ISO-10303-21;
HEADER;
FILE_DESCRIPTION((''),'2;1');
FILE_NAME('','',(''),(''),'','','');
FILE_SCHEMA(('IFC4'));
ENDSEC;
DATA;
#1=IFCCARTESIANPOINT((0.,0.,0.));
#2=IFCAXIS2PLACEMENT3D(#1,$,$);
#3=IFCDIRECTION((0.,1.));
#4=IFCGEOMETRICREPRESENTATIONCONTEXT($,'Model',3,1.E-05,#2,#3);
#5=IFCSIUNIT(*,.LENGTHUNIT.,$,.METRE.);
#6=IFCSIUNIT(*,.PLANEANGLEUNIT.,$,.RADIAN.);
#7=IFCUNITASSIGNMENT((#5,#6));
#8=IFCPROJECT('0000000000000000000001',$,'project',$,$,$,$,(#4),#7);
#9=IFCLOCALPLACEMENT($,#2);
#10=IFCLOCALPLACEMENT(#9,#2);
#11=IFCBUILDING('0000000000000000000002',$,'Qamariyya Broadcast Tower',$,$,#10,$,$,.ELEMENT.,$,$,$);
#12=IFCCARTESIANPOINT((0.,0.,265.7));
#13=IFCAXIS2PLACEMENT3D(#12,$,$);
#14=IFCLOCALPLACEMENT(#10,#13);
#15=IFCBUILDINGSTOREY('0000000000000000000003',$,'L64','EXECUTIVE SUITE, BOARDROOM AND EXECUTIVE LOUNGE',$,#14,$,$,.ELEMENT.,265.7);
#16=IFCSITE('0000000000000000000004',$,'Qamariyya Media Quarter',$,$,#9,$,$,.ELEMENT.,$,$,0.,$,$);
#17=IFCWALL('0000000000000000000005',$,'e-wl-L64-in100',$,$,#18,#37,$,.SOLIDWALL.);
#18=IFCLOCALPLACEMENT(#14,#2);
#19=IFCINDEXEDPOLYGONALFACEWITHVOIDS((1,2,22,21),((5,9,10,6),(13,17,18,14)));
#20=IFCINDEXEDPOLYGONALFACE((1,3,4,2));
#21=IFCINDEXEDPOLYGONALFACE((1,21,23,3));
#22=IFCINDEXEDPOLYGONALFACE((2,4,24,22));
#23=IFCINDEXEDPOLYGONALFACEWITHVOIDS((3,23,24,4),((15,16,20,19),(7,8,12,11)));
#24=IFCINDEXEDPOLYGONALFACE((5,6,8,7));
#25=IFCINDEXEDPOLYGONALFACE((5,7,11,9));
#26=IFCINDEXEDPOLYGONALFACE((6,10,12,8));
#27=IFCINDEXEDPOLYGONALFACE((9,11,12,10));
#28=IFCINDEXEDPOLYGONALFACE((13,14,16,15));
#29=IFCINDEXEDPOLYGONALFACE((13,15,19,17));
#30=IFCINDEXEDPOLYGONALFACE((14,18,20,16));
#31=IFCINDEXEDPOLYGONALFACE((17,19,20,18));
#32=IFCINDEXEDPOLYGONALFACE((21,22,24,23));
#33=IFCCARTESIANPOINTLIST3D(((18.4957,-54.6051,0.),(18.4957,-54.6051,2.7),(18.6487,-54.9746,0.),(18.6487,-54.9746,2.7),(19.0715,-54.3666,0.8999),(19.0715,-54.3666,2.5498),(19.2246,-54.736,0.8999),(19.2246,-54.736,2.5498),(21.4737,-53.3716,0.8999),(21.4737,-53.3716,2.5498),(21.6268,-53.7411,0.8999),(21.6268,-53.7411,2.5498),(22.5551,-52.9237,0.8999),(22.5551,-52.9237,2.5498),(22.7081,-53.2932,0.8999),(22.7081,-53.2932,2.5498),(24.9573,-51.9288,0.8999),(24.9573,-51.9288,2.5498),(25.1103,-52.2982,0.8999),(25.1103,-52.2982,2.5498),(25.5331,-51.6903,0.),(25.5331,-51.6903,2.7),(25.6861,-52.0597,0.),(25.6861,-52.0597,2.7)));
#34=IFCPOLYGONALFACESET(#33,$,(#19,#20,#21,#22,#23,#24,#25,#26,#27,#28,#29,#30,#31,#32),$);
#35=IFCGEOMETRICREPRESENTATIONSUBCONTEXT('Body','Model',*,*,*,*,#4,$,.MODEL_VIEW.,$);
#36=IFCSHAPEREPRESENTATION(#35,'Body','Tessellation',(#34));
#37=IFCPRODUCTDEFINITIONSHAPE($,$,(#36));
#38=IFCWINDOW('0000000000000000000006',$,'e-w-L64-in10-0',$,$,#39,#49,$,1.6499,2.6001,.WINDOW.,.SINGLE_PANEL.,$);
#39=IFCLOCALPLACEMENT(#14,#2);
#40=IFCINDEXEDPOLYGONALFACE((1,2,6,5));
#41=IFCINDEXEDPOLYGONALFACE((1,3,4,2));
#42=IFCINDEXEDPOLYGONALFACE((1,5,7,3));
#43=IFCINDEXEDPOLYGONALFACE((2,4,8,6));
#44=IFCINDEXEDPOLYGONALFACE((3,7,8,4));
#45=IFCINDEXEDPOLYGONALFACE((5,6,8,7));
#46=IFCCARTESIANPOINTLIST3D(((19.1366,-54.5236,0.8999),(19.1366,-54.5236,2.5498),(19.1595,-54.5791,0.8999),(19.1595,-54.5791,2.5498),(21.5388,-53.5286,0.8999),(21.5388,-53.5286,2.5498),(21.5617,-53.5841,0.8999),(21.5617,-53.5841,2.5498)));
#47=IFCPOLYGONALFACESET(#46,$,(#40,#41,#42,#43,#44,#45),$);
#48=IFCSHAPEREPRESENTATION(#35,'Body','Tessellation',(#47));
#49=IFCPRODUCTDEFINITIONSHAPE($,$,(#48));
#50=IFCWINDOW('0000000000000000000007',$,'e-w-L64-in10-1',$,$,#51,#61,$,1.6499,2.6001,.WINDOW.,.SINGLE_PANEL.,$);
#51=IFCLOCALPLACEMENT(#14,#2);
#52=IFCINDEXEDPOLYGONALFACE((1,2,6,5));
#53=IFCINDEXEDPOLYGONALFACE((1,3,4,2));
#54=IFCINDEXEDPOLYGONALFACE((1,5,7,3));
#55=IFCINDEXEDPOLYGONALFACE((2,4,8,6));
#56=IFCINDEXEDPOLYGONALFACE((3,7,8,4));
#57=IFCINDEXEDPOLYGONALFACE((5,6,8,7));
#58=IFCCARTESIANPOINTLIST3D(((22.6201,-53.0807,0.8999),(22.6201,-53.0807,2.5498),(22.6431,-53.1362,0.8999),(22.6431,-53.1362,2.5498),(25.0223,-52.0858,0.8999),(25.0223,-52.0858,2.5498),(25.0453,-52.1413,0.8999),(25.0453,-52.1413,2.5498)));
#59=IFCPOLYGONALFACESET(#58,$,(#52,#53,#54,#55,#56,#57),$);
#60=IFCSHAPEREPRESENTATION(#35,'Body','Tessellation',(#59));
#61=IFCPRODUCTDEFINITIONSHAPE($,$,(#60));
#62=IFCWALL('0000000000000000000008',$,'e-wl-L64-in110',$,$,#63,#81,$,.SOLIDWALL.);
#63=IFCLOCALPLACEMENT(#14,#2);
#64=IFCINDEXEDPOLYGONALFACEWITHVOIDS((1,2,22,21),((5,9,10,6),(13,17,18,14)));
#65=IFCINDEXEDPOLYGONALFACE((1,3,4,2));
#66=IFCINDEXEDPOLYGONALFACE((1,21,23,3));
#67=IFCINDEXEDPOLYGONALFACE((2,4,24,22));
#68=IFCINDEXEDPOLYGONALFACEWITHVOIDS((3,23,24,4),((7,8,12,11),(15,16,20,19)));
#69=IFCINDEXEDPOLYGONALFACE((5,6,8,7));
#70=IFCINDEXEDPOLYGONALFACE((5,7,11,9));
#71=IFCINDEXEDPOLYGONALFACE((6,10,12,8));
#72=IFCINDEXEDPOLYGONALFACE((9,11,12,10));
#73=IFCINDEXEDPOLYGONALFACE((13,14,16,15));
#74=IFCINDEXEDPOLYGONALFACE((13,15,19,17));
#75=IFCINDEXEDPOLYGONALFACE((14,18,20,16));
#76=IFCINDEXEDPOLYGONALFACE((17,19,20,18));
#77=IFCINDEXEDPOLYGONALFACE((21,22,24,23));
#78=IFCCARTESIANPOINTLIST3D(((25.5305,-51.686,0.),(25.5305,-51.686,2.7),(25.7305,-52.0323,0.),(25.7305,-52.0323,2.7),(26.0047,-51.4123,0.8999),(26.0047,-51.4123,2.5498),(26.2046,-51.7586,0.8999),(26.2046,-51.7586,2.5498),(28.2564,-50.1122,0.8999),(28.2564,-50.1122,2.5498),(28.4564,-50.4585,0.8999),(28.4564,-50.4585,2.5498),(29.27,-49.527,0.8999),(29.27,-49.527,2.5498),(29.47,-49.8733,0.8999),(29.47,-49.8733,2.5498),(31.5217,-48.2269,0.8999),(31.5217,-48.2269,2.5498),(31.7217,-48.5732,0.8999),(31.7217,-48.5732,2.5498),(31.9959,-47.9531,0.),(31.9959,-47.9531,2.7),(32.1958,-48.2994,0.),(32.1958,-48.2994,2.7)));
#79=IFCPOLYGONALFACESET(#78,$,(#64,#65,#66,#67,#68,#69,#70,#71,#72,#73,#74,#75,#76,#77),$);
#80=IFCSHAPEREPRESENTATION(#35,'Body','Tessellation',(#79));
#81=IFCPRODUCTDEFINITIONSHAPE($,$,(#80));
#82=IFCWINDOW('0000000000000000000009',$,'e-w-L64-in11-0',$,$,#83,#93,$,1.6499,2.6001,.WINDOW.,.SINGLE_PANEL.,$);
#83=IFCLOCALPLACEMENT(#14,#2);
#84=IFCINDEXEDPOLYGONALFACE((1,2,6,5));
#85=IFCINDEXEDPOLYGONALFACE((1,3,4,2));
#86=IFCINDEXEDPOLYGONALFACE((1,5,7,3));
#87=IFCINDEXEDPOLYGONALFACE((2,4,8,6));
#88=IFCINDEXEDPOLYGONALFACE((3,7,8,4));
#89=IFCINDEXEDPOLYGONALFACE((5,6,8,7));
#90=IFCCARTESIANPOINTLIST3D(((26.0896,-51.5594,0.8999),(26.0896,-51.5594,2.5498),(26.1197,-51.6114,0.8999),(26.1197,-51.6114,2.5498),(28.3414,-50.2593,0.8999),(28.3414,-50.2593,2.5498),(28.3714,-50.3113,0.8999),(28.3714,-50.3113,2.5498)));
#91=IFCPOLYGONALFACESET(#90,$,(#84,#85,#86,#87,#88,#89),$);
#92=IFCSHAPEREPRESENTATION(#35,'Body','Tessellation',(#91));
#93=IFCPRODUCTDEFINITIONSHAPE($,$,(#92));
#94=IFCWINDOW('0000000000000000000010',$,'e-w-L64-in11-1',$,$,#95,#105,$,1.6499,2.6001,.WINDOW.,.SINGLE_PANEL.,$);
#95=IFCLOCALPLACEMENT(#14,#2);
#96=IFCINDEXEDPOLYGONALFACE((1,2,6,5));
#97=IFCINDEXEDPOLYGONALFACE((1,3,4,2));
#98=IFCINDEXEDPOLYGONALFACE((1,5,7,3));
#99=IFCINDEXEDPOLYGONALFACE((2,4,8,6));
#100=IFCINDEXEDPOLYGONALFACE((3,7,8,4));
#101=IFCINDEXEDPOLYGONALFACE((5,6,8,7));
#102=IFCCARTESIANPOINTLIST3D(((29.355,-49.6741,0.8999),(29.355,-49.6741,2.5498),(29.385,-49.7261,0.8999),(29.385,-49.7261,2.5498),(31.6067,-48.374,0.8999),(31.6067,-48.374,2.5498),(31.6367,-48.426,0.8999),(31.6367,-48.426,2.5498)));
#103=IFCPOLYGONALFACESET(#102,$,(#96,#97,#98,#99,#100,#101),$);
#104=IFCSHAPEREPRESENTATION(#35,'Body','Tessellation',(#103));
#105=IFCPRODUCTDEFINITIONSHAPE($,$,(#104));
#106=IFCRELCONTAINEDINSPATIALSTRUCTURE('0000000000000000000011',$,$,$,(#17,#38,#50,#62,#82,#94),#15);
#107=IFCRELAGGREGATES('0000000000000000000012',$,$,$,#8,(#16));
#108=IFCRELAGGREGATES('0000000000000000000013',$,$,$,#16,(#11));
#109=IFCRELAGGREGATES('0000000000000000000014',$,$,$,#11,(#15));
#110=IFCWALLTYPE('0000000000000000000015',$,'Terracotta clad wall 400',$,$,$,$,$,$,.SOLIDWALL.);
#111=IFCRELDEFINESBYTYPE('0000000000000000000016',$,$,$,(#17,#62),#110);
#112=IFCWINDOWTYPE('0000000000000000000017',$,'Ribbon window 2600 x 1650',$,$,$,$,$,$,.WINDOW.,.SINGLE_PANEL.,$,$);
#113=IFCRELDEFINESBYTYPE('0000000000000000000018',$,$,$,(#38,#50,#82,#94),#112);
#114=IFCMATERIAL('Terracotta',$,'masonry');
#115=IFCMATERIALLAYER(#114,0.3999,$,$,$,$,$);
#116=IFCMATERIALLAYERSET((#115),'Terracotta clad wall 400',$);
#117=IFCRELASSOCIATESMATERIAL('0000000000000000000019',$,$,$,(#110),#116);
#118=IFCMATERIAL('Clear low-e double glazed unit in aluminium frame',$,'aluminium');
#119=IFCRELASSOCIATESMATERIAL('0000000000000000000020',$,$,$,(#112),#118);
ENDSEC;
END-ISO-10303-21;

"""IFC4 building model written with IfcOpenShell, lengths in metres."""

from ifc_helpers import new_model, si_unit, direction, frame, frame_2d, origin, place, context, subcontext, project, spatial, rectangle, extrude, material, layer, layer_set, type_object, element, fill, save


model = new_model("IFC4")

# Units and contexts
model_context = context("Model", 3, precision=1e-05, world=origin(), true_north=direction((0.0, 1.0)))
body_context = subcontext(model_context, "Body", "Model", "MODEL_VIEW")
ifc_project = project(units=[si_unit("LENGTHUNIT", "METRE"), si_unit("PLANEANGLEUNIT", "RADIAN")], contexts=[model_context])

# Site, building, storey
site_placement = place(None, origin())
site = spatial("IfcSite", under=ifc_project, at=site_placement, Name="Qamariyya Media Quarter", CompositionType="ELEMENT", RefElevation=0.0)
building_placement = place(site_placement, origin())
building = spatial("IfcBuilding", under=site, at=building_placement, Name="Qamariyya Broadcast Tower", CompositionType="ELEMENT")
storey_placement = place(building_placement, frame((0.0, 0.0, 265.7)))
storey = spatial("IfcBuildingStorey", under=building, at=storey_placement, Name="L64", Description="EXECUTIVE SUITE, BOARDROOM AND EXECUTIVE LOUNGE", CompositionType="ELEMENT", Elevation=265.7)

# Walls, openings, windows
ifc_material_1 = material(Name="Terracotta", Category="masonry")
ifc_layer = layer(ifc_material_1, 0.3999)
ifc_layer_set = layer_set([ifc_layer], Name="Terracotta clad wall 400")
wall_type = type_object("IfcWallType", Name="Terracotta clad wall 400", PredefinedType="SOLIDWALL", material=ifc_layer_set)
wall_1_placement = place(storey_placement, frame((25.6096, -51.875, 0.0), z_axis=(0.0, 0.0, 1.0), x_axis=(-0.923888, -0.382664, 0.0)))
wall_1 = element("IfcWall", 1, at=wall_1_placement, inside=storey, type_object=wall_type, Name="e-wl-L64-in100", PredefinedType="SOLIDWALL", context=body_context, shape_type="SweptSolid", body=[
    extrude(rectangle(XDim=7.6172, YDim=0.3999, at=frame_2d((3.8086, 0.0))), origin(), (0.0, 0.0, 1.0), 2.7),
])
opening_1_placement = place(wall_1_placement, frame((4.3938, 0.0, 0.8999)))
opening_1 = element("IfcOpeningElement", 2, at=opening_1_placement, cuts=wall_1, PredefinedType="OPENING", context=body_context, shape_type="SweptSolid", body=[
    extrude(rectangle(XDim=2.6001, YDim=1.6499, at=frame_2d((1.3, 0.825))), frame((0.0, 0.21, 0.0), z_axis=(0.0, -1.0, 0.0), x_axis=(1.0, 0.0, 0.0)), (0.0, 0.0, 1.0), 0.4199),
])
opening_2_placement = place(wall_1_placement, frame((0.6233, 0.0, 0.8999)))
opening_2 = element("IfcOpeningElement", 3, at=opening_2_placement, cuts=wall_1, PredefinedType="OPENING", context=body_context, shape_type="SweptSolid", body=[
    extrude(rectangle(XDim=2.6001, YDim=1.6499, at=frame_2d((1.3, 0.825))), frame((0.0, 0.21, 0.0), z_axis=(0.0, -1.0, 0.0), x_axis=(1.0, 0.0, 0.0)), (0.0, 0.0, 1.0), 0.4199),
])
ifc_material_2 = material(Name="Clear low-e double glazed unit in aluminium frame", Category="aluminium")
window_type = type_object("IfcWindowType", Name="Ribbon window 2600 x 1650", PartitioningType="SINGLE_PANEL", PredefinedType="WINDOW", material=ifc_material_2)
window_1_placement = place(opening_1_placement, origin())
window_1 = element("IfcWindow", 4, at=window_1_placement, inside=storey, type_object=window_type, Name="e-w-L64-in10-0", OverallHeight=1.6499, OverallWidth=2.6001, PartitioningType="SINGLE_PANEL", PredefinedType="WINDOW", context=body_context, shape_type="SweptSolid", body=[
    extrude(rectangle(XDim=2.6001, YDim=1.6499, at=frame_2d((1.3, 0.825))), frame((0.0, 0.03, 0.0), z_axis=(0.0, -1.0, 0.0), x_axis=(1.0, 0.0, 0.0)), (0.0, 0.0, 1.0), 0.0601),
])
fill(opening_1, window_1)
window_2_placement = place(opening_2_placement, origin())
window_2 = element("IfcWindow", 5, at=window_2_placement, inside=storey, type_object=window_type, Name="e-w-L64-in10-1", OverallHeight=1.6499, OverallWidth=2.6001, PartitioningType="SINGLE_PANEL", PredefinedType="WINDOW", context=body_context, shape_type="SweptSolid", body=[
    extrude(rectangle(XDim=2.6001, YDim=1.6499, at=frame_2d((1.3, 0.825))), frame((0.0, 0.03, 0.0), z_axis=(0.0, -1.0, 0.0), x_axis=(1.0, 0.0, 0.0)), (0.0, 0.0, 1.0), 0.0601),
])
fill(opening_2, window_2)
wall_2_placement = place(storey_placement, frame((32.0959, -48.1262, 0.0), z_axis=(0.0, 0.0, 1.0), x_axis=(-0.866017, -0.500015, 0.0)))
wall_2 = element("IfcWall", 6, at=wall_2_placement, inside=storey, type_object=wall_type, Name="e-wl-L64-in110", PredefinedType="SOLIDWALL", context=body_context, shape_type="SweptSolid", body=[
    extrude(rectangle(XDim=7.4656, YDim=0.3999, at=frame_2d((3.7329, 0.0))), origin(), (0.0, 0.0, 1.0), 2.7),
])
opening_3_placement = place(wall_2_placement, frame((4.3181, 0.0, 0.8999)))
opening_3 = element("IfcOpeningElement", 7, at=opening_3_placement, cuts=wall_2, PredefinedType="OPENING", context=body_context, shape_type="SweptSolid", body=[
    extrude(rectangle(XDim=2.6001, YDim=1.6499, at=frame_2d((1.3, 0.825))), frame((0.0, 0.21, 0.0), z_axis=(0.0, -1.0, 0.0), x_axis=(1.0, 0.0, 0.0)), (0.0, 0.0, 1.0), 0.4199),
])
opening_4_placement = place(wall_2_placement, frame((0.5476, 0.0, 0.8999)))
opening_4 = element("IfcOpeningElement", 8, at=opening_4_placement, cuts=wall_2, PredefinedType="OPENING", context=body_context, shape_type="SweptSolid", body=[
    extrude(rectangle(XDim=2.6001, YDim=1.6499, at=frame_2d((1.3, 0.825))), frame((0.0, 0.21, 0.0), z_axis=(0.0, -1.0, 0.0), x_axis=(1.0, 0.0, 0.0)), (0.0, 0.0, 1.0), 0.4199),
])
window_3_placement = place(opening_3_placement, origin())
window_3 = element("IfcWindow", 9, at=window_3_placement, inside=storey, type_object=window_type, Name="e-w-L64-in11-0", OverallHeight=1.6499, OverallWidth=2.6001, PartitioningType="SINGLE_PANEL", PredefinedType="WINDOW", context=body_context, shape_type="SweptSolid", body=[
    extrude(rectangle(XDim=2.6001, YDim=1.6499, at=frame_2d((1.3, 0.825))), frame((0.0, 0.03, 0.0), z_axis=(0.0, -1.0, 0.0), x_axis=(1.0, 0.0, 0.0)), (0.0, 0.0, 1.0), 0.0601),
])
fill(opening_3, window_3)
window_4_placement = place(opening_4_placement, origin())
window_4 = element("IfcWindow", 10, at=window_4_placement, inside=storey, type_object=window_type, Name="e-w-L64-in11-1", OverallHeight=1.6499, OverallWidth=2.6001, PartitioningType="SINGLE_PANEL", PredefinedType="WINDOW", context=body_context, shape_type="SweptSolid", body=[
    extrude(rectangle(XDim=2.6001, YDim=1.6499, at=frame_2d((1.3, 0.825))), frame((0.0, 0.03, 0.0), z_axis=(0.0, -1.0, 0.0), x_axis=(1.0, 0.0, 0.0)), (0.0, 0.0, 1.0), 0.0601),
])
fill(opening_4, window_4)

save(model, "model.ifc")
